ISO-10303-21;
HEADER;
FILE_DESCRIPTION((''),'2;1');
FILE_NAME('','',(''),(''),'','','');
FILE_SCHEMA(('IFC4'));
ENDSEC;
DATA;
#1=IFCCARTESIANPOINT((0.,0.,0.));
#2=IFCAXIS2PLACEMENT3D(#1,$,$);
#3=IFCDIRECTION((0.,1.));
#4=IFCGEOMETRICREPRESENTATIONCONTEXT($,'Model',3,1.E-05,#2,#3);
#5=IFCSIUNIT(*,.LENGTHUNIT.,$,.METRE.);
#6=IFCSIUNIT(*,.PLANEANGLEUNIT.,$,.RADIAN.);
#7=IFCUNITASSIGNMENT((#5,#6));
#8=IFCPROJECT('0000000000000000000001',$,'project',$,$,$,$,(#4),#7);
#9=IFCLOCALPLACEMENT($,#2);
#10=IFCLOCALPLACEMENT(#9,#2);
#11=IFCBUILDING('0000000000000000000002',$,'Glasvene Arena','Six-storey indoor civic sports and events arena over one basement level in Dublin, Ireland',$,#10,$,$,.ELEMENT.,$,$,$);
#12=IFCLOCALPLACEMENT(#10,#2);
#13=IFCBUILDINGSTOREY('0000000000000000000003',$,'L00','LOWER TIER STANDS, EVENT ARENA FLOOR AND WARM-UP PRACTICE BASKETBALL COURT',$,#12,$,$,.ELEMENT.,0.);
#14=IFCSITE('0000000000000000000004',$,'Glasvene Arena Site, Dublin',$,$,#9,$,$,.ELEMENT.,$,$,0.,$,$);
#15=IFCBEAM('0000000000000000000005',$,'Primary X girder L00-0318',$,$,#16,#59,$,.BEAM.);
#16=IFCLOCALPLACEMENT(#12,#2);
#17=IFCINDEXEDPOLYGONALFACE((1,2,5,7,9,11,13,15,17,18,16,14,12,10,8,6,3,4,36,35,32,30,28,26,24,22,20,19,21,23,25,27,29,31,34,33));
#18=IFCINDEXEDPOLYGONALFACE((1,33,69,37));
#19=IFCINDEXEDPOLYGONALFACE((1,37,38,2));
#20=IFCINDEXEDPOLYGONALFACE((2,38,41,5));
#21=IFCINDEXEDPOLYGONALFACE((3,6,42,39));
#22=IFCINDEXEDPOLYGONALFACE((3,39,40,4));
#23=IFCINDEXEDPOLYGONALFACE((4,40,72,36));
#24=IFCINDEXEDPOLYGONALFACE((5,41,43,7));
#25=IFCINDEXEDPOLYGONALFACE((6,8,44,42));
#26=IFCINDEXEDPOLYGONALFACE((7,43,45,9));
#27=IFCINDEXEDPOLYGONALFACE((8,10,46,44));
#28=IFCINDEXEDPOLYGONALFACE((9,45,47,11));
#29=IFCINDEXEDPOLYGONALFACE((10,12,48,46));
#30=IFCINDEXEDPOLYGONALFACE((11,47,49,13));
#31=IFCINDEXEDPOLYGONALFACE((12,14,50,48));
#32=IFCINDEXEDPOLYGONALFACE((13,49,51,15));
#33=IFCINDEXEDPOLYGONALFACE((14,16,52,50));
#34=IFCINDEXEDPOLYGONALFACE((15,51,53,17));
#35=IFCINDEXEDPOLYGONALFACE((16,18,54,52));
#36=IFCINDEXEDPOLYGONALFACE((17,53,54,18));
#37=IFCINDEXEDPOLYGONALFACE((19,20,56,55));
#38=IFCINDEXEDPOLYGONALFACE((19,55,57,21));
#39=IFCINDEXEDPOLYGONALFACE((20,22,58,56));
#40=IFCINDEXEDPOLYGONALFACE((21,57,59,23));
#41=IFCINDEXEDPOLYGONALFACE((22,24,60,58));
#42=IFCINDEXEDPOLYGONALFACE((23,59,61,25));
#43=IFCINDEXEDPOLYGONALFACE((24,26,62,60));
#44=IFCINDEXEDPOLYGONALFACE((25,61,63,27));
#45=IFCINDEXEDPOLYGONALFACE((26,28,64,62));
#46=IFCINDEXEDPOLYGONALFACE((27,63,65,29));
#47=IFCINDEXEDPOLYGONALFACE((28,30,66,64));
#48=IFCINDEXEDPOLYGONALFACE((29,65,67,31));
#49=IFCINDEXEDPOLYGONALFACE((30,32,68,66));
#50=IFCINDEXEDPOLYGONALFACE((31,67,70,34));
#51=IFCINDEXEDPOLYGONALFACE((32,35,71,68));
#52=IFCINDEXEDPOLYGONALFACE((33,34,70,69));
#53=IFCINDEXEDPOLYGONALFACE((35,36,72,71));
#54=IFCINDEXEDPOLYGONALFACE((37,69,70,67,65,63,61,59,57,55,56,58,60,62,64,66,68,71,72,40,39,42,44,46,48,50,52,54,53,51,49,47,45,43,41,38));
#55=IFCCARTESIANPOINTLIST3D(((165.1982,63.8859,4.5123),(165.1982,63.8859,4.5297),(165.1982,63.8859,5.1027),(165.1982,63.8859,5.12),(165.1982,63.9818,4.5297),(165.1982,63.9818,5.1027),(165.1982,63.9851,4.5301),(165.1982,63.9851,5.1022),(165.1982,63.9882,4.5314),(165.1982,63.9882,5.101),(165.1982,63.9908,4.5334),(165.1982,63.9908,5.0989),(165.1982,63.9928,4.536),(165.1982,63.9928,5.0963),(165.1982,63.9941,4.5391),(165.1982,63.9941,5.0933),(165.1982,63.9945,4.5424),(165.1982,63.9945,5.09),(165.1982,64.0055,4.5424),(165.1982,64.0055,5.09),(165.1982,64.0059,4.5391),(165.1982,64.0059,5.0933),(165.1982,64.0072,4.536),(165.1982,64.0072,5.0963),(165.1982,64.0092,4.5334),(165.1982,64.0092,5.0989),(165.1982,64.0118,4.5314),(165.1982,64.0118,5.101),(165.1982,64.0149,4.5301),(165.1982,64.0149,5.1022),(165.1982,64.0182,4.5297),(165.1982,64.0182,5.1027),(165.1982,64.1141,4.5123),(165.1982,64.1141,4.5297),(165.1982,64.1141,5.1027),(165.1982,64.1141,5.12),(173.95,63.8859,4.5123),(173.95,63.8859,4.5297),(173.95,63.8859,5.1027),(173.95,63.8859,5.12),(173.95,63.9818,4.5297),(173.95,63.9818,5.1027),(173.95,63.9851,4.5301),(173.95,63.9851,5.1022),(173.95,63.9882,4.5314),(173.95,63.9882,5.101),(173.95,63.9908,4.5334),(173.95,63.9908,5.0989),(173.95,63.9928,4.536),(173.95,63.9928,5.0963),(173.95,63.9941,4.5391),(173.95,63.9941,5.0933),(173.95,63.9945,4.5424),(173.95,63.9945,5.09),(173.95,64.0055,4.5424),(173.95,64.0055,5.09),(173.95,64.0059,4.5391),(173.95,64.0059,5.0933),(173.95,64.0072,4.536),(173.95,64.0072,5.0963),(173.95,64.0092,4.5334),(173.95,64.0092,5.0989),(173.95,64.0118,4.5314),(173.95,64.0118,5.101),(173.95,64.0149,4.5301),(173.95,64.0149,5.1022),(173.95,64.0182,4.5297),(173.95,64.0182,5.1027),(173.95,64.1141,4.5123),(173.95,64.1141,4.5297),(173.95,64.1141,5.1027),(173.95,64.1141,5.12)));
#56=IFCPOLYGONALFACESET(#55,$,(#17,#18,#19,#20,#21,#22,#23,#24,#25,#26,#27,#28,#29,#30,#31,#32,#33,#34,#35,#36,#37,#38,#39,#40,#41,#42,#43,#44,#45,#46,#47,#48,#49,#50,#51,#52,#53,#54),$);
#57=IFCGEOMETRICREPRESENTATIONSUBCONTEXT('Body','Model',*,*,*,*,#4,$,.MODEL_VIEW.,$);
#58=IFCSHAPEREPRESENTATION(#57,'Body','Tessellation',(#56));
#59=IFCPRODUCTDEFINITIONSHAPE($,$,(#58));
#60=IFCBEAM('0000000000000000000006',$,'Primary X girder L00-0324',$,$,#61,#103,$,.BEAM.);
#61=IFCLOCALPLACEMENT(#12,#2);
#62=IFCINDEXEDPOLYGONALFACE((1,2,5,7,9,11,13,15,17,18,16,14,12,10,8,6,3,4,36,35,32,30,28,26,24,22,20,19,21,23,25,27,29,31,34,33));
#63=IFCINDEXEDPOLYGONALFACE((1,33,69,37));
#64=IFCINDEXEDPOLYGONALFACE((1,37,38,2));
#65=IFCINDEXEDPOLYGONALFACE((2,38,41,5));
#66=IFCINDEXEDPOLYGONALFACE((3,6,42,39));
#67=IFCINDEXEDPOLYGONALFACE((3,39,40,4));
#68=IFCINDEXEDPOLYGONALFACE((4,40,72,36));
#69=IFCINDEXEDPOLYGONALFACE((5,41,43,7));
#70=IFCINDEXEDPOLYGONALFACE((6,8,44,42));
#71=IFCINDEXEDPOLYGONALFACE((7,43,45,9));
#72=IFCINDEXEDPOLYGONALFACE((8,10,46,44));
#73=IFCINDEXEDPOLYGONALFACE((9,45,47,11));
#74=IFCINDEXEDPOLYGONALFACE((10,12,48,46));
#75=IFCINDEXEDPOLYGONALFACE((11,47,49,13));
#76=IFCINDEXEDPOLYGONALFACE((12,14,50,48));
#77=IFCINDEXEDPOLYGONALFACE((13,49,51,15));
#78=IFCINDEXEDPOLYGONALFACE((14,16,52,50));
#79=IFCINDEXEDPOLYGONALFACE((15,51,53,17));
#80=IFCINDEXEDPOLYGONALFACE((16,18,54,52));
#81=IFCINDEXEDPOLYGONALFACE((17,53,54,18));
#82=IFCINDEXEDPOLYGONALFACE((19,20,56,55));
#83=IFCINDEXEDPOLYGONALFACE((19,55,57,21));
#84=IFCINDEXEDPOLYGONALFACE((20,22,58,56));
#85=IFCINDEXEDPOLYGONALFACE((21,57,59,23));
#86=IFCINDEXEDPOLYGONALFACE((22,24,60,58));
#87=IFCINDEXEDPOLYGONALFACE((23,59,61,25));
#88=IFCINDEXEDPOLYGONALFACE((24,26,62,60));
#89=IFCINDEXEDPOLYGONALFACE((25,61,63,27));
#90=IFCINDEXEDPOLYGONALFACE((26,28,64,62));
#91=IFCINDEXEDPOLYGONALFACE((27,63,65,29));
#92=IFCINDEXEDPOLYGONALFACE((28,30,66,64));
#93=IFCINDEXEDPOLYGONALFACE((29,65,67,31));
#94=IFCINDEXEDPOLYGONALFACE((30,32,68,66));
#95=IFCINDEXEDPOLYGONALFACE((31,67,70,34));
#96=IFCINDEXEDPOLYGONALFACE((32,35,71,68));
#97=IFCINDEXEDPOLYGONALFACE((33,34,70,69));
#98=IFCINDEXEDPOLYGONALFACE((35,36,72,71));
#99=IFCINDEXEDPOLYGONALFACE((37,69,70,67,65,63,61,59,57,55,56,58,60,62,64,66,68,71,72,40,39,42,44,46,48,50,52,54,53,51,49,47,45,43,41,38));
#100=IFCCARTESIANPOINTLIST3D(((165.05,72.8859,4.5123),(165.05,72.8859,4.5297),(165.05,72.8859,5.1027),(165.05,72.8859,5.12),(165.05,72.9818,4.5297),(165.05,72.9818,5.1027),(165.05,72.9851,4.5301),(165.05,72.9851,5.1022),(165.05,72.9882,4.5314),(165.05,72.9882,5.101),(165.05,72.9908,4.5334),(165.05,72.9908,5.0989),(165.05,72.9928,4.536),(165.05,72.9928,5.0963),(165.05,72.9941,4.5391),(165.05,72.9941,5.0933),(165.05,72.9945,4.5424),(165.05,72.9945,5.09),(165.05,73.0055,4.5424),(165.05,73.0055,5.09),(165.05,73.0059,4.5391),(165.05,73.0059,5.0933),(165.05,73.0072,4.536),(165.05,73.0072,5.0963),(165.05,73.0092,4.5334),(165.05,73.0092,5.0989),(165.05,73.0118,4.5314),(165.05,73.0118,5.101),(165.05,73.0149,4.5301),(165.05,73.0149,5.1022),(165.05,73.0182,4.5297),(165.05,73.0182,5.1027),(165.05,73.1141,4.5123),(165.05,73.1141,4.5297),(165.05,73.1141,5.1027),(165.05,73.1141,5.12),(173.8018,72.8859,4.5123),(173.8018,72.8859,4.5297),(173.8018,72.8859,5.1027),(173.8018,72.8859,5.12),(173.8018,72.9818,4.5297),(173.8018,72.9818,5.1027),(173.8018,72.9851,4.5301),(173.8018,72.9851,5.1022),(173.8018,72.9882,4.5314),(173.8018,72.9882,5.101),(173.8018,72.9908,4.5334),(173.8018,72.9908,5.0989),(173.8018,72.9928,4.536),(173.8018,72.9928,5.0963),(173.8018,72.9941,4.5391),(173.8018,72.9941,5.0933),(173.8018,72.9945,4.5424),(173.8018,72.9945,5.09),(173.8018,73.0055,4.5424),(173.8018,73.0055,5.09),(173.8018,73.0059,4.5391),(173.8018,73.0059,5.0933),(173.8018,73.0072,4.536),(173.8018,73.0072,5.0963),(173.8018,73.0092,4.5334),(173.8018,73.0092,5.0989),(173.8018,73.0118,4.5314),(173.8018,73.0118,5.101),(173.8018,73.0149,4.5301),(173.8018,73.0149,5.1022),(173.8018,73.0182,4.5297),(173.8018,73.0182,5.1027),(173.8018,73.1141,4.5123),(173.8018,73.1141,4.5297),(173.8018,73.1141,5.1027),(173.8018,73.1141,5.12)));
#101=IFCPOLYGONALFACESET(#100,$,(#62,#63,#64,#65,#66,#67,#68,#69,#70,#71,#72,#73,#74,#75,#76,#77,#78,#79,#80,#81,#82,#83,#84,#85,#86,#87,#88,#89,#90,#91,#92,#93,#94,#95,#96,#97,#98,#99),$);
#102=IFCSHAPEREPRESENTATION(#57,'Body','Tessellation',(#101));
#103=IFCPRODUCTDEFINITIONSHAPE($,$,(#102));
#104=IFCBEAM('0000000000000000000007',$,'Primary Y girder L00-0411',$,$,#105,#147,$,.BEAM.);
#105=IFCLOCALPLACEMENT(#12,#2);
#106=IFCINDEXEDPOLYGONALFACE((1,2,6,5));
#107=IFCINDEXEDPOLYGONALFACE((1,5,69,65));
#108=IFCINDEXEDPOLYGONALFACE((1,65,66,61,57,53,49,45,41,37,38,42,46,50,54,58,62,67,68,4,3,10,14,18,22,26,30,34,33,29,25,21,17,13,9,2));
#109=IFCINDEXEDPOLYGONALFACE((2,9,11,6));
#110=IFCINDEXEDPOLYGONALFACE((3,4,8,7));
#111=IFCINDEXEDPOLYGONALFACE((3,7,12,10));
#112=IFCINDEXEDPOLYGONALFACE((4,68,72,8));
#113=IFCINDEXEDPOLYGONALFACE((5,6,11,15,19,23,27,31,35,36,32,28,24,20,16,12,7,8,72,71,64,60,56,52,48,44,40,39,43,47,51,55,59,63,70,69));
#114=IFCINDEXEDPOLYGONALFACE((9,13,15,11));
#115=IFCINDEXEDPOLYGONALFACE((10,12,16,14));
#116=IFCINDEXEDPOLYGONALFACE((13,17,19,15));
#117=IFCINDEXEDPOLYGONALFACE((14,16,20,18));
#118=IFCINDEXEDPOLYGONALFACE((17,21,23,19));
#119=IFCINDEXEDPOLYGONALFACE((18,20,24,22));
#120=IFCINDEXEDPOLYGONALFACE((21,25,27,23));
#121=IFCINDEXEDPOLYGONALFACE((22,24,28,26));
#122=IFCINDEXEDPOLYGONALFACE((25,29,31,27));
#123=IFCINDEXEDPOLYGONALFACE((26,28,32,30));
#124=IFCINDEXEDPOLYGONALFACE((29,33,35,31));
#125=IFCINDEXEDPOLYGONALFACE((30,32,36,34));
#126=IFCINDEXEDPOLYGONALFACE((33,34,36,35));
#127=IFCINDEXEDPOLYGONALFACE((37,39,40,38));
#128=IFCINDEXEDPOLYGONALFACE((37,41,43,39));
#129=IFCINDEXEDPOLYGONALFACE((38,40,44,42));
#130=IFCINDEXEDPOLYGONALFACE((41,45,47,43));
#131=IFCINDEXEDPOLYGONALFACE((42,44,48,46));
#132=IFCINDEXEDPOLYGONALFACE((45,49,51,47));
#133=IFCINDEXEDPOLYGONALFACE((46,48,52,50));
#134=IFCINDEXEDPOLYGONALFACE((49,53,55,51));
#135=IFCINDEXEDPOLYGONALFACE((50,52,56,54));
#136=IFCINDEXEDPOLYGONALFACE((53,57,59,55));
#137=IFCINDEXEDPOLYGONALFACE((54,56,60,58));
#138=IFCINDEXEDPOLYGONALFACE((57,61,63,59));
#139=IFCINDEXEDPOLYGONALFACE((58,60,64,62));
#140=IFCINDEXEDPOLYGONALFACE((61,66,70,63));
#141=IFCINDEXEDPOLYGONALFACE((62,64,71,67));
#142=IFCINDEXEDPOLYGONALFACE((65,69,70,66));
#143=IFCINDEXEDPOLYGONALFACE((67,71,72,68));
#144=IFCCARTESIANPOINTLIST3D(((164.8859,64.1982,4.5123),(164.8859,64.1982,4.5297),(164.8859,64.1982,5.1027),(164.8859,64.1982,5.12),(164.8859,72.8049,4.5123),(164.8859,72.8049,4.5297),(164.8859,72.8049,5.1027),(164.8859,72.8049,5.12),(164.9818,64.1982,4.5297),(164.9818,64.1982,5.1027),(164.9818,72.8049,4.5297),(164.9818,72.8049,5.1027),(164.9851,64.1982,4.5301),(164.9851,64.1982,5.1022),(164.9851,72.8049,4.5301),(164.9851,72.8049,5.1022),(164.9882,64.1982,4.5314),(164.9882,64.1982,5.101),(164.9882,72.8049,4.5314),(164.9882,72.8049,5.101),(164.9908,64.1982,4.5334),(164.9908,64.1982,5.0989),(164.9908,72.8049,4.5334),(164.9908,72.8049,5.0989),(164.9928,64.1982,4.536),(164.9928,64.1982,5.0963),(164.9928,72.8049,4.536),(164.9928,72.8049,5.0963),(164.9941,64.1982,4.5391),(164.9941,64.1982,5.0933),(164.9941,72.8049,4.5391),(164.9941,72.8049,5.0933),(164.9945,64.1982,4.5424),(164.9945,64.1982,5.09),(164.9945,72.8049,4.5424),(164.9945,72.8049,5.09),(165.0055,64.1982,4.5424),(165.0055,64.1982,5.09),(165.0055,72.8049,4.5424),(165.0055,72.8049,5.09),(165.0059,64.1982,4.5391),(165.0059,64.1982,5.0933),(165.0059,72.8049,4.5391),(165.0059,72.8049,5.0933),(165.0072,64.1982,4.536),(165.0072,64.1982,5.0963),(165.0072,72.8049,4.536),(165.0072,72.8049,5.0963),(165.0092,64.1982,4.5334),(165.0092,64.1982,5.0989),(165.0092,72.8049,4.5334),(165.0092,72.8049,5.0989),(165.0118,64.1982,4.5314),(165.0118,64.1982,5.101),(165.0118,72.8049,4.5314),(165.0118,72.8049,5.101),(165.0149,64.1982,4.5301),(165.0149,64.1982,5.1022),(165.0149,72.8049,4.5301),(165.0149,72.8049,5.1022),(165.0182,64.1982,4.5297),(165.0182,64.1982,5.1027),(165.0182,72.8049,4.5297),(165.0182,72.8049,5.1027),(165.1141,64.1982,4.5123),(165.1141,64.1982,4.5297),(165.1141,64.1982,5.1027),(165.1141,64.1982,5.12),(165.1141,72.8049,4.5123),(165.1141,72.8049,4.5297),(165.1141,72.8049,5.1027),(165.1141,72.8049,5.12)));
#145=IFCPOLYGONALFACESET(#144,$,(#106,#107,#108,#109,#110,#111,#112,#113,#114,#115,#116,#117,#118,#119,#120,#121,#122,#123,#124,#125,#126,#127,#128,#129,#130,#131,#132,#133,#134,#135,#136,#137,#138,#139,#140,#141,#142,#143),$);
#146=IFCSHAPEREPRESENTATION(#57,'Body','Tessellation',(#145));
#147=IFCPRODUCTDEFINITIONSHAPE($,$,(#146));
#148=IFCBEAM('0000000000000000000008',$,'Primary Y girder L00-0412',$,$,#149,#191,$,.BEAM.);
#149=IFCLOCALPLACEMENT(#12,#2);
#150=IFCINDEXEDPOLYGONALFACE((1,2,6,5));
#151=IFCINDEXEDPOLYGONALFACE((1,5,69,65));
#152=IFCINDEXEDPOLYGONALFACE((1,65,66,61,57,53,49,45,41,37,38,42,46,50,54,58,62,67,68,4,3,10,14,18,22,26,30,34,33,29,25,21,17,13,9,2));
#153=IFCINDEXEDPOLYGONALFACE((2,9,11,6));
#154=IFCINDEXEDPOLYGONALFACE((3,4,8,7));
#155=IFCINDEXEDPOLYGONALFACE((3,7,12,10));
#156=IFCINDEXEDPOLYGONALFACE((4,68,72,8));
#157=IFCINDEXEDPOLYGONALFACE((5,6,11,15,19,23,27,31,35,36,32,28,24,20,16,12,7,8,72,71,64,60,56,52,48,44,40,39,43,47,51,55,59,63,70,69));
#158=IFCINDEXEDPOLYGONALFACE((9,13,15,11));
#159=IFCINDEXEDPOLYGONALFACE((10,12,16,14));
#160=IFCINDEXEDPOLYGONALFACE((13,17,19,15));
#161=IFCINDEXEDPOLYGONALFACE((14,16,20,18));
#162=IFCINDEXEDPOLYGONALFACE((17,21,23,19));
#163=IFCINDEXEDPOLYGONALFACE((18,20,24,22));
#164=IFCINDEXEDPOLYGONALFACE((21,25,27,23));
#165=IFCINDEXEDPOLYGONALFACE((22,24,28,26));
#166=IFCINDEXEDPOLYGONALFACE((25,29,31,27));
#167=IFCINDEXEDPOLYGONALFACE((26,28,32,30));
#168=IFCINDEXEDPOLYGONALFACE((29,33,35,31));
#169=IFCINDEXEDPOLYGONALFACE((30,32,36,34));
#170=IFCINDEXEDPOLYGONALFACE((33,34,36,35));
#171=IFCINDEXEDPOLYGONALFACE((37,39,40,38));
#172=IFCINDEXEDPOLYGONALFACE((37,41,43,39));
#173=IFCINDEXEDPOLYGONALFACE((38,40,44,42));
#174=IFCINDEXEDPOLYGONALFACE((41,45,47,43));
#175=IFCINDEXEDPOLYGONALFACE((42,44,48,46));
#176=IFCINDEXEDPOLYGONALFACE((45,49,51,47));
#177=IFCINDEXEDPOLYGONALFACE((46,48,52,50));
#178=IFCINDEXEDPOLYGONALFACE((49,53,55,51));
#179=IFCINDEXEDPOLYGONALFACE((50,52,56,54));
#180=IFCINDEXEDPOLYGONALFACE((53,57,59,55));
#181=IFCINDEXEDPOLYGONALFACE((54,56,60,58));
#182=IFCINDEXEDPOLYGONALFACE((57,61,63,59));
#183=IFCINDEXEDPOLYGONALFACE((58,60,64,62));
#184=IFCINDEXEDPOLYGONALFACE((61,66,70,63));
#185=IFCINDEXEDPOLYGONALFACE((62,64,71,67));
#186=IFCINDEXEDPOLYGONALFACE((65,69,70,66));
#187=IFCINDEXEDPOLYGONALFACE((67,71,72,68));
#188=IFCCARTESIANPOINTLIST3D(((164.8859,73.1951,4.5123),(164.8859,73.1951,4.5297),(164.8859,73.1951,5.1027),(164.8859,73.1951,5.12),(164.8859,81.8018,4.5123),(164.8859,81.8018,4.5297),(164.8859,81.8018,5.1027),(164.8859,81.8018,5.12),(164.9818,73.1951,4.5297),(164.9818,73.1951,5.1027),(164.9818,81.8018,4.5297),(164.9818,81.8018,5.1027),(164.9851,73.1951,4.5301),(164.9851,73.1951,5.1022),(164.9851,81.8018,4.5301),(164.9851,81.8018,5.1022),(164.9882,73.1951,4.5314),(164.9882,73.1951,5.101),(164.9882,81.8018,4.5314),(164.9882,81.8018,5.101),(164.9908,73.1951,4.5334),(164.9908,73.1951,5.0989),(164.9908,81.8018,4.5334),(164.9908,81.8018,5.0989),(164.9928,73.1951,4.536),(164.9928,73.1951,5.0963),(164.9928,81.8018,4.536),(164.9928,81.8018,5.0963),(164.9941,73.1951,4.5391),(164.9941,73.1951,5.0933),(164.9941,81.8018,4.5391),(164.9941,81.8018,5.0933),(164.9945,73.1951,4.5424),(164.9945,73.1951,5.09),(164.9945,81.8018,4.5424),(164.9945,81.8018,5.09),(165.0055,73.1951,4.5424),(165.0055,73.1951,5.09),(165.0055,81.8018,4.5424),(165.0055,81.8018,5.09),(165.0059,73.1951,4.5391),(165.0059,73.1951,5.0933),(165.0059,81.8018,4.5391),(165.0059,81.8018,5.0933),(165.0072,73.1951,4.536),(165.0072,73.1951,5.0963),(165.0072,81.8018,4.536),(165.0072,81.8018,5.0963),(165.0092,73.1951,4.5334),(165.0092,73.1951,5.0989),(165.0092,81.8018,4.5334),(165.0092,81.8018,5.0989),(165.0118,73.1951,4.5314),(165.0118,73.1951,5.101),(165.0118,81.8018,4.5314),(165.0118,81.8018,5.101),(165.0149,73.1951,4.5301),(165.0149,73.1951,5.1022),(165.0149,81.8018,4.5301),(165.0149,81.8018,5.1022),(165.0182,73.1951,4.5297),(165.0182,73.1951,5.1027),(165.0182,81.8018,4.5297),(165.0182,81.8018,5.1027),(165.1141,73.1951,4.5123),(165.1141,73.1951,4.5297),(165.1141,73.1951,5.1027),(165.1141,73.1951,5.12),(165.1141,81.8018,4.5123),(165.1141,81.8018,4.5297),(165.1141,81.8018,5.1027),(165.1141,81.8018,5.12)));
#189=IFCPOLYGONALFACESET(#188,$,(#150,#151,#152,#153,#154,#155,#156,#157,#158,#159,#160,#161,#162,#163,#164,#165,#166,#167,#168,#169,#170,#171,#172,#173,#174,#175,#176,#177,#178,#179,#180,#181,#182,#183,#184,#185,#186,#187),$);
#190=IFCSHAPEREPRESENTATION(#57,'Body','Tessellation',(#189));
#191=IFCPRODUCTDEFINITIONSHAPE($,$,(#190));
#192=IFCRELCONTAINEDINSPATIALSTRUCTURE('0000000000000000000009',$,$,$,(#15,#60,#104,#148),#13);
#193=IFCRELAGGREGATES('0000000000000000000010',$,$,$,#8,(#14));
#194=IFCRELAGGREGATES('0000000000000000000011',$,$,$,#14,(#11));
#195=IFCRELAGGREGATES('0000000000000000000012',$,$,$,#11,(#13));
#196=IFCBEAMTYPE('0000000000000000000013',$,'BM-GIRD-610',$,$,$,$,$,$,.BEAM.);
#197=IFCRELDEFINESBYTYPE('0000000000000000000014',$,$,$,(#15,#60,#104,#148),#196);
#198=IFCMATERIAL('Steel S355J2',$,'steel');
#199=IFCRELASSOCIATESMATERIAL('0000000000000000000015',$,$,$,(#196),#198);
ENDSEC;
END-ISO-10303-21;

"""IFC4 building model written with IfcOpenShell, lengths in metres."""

from ifc_helpers import new_model, si_unit, direction, frame, origin, origin_2d, place, context, subcontext, project, spatial, i_section, extrude, material, material_profile, profile_set, type_object, element, save


model = new_model("IFC4")

# Units and contexts
model_context = context("Model", 3, precision=1e-05, world=origin(), true_north=direction((0.0, 1.0)))
body_context = subcontext(model_context, "Body", "Model", "MODEL_VIEW")
ifc_project = project(units=[si_unit("LENGTHUNIT", "METRE"), si_unit("PLANEANGLEUNIT", "RADIAN")], contexts=[model_context])

# Site, building, storey
site_placement = place(None, origin())
site = spatial("IfcSite", under=ifc_project, at=site_placement, Name="Glasvene Arena Site, Dublin", CompositionType="ELEMENT", RefElevation=0.0)
building_placement = place(site_placement, origin())
building = spatial("IfcBuilding", under=site, at=building_placement, Name="Glasvene Arena", Description="Six-storey indoor civic sports and events arena over one basement level in Dublin, Ireland", CompositionType="ELEMENT")
storey_placement = place(building_placement, origin())
storey = spatial("IfcBuildingStorey", under=building, at=storey_placement, Name="L00", Description="LOWER TIER STANDS, EVENT ARENA FLOOR AND WARM-UP PRACTICE BASKETBALL COURT", CompositionType="ELEMENT", Elevation=0.0)

# Shared definitions
ifc_material_1 = material(Name="Steel S355J2", Category="steel")

# Beams
ifc_material_profile_1 = material_profile(ifc_material_1, i_section(OverallWidth=0.2283, OverallDepth=0.6077, WebThickness=0.011, FlangeThickness=0.0173, FilletRadius=0.0127, at=origin_2d()), Name="UKB 610x229x113")
ifc_profile_set_1 = profile_set([ifc_material_profile_1], Name="Steel S355J2")
beam_type_1 = type_object("IfcBeamType", Name="BM-GIRD-610", PredefinedType="BEAM", material=ifc_profile_set_1)
for number, where, z_axis, x_axis, name in (
    (1, (165.1982, 64.0, 4.8162), (1.0, 0.0, 0.0), (0.0, 1.0, 0.0), "Primary X girder L00-0318"),
    (2, (165.05, 73.0, 4.8162), (1.0, 0.0, 0.0), (0.0, 1.0, 0.0), "Primary X girder L00-0324"),
):
    element("IfcBeam", number, at=place(storey_placement, frame(where, z_axis=z_axis, x_axis=x_axis)), inside=storey, type_object=beam_type_1, Name=name, PredefinedType="BEAM", context=body_context, shape_type="SweptSolid", body=[
        extrude(i_section(OverallWidth=0.2283, OverallDepth=0.6077, WebThickness=0.011, FlangeThickness=0.0173, FilletRadius=0.0127, at=origin_2d()), origin(), (0.0, 0.0, 1.0), 8.7517),
    ])
for number, where, z_axis, x_axis, name in (
    (3, (165.0, 64.1982, 4.8162), (0.0, 1.0, 0.0), (-1.0, 0.0, 0.0), "Primary Y girder L00-0411"),
    (4, (165.0, 73.1951, 4.8162), (0.0, 1.0, 0.0), (-1.0, 0.0, 0.0), "Primary Y girder L00-0412"),
):
    element("IfcBeam", number, at=place(storey_placement, frame(where, z_axis=z_axis, x_axis=x_axis)), inside=storey, type_object=beam_type_1, Name=name, PredefinedType="BEAM", context=body_context, shape_type="SweptSolid", body=[
        extrude(i_section(OverallWidth=0.2283, OverallDepth=0.6077, WebThickness=0.011, FlangeThickness=0.0173, FilletRadius=0.0127, at=origin_2d()), origin(), (0.0, 0.0, 1.0), 8.6067),
    ])

save(model, "model.ifc")
